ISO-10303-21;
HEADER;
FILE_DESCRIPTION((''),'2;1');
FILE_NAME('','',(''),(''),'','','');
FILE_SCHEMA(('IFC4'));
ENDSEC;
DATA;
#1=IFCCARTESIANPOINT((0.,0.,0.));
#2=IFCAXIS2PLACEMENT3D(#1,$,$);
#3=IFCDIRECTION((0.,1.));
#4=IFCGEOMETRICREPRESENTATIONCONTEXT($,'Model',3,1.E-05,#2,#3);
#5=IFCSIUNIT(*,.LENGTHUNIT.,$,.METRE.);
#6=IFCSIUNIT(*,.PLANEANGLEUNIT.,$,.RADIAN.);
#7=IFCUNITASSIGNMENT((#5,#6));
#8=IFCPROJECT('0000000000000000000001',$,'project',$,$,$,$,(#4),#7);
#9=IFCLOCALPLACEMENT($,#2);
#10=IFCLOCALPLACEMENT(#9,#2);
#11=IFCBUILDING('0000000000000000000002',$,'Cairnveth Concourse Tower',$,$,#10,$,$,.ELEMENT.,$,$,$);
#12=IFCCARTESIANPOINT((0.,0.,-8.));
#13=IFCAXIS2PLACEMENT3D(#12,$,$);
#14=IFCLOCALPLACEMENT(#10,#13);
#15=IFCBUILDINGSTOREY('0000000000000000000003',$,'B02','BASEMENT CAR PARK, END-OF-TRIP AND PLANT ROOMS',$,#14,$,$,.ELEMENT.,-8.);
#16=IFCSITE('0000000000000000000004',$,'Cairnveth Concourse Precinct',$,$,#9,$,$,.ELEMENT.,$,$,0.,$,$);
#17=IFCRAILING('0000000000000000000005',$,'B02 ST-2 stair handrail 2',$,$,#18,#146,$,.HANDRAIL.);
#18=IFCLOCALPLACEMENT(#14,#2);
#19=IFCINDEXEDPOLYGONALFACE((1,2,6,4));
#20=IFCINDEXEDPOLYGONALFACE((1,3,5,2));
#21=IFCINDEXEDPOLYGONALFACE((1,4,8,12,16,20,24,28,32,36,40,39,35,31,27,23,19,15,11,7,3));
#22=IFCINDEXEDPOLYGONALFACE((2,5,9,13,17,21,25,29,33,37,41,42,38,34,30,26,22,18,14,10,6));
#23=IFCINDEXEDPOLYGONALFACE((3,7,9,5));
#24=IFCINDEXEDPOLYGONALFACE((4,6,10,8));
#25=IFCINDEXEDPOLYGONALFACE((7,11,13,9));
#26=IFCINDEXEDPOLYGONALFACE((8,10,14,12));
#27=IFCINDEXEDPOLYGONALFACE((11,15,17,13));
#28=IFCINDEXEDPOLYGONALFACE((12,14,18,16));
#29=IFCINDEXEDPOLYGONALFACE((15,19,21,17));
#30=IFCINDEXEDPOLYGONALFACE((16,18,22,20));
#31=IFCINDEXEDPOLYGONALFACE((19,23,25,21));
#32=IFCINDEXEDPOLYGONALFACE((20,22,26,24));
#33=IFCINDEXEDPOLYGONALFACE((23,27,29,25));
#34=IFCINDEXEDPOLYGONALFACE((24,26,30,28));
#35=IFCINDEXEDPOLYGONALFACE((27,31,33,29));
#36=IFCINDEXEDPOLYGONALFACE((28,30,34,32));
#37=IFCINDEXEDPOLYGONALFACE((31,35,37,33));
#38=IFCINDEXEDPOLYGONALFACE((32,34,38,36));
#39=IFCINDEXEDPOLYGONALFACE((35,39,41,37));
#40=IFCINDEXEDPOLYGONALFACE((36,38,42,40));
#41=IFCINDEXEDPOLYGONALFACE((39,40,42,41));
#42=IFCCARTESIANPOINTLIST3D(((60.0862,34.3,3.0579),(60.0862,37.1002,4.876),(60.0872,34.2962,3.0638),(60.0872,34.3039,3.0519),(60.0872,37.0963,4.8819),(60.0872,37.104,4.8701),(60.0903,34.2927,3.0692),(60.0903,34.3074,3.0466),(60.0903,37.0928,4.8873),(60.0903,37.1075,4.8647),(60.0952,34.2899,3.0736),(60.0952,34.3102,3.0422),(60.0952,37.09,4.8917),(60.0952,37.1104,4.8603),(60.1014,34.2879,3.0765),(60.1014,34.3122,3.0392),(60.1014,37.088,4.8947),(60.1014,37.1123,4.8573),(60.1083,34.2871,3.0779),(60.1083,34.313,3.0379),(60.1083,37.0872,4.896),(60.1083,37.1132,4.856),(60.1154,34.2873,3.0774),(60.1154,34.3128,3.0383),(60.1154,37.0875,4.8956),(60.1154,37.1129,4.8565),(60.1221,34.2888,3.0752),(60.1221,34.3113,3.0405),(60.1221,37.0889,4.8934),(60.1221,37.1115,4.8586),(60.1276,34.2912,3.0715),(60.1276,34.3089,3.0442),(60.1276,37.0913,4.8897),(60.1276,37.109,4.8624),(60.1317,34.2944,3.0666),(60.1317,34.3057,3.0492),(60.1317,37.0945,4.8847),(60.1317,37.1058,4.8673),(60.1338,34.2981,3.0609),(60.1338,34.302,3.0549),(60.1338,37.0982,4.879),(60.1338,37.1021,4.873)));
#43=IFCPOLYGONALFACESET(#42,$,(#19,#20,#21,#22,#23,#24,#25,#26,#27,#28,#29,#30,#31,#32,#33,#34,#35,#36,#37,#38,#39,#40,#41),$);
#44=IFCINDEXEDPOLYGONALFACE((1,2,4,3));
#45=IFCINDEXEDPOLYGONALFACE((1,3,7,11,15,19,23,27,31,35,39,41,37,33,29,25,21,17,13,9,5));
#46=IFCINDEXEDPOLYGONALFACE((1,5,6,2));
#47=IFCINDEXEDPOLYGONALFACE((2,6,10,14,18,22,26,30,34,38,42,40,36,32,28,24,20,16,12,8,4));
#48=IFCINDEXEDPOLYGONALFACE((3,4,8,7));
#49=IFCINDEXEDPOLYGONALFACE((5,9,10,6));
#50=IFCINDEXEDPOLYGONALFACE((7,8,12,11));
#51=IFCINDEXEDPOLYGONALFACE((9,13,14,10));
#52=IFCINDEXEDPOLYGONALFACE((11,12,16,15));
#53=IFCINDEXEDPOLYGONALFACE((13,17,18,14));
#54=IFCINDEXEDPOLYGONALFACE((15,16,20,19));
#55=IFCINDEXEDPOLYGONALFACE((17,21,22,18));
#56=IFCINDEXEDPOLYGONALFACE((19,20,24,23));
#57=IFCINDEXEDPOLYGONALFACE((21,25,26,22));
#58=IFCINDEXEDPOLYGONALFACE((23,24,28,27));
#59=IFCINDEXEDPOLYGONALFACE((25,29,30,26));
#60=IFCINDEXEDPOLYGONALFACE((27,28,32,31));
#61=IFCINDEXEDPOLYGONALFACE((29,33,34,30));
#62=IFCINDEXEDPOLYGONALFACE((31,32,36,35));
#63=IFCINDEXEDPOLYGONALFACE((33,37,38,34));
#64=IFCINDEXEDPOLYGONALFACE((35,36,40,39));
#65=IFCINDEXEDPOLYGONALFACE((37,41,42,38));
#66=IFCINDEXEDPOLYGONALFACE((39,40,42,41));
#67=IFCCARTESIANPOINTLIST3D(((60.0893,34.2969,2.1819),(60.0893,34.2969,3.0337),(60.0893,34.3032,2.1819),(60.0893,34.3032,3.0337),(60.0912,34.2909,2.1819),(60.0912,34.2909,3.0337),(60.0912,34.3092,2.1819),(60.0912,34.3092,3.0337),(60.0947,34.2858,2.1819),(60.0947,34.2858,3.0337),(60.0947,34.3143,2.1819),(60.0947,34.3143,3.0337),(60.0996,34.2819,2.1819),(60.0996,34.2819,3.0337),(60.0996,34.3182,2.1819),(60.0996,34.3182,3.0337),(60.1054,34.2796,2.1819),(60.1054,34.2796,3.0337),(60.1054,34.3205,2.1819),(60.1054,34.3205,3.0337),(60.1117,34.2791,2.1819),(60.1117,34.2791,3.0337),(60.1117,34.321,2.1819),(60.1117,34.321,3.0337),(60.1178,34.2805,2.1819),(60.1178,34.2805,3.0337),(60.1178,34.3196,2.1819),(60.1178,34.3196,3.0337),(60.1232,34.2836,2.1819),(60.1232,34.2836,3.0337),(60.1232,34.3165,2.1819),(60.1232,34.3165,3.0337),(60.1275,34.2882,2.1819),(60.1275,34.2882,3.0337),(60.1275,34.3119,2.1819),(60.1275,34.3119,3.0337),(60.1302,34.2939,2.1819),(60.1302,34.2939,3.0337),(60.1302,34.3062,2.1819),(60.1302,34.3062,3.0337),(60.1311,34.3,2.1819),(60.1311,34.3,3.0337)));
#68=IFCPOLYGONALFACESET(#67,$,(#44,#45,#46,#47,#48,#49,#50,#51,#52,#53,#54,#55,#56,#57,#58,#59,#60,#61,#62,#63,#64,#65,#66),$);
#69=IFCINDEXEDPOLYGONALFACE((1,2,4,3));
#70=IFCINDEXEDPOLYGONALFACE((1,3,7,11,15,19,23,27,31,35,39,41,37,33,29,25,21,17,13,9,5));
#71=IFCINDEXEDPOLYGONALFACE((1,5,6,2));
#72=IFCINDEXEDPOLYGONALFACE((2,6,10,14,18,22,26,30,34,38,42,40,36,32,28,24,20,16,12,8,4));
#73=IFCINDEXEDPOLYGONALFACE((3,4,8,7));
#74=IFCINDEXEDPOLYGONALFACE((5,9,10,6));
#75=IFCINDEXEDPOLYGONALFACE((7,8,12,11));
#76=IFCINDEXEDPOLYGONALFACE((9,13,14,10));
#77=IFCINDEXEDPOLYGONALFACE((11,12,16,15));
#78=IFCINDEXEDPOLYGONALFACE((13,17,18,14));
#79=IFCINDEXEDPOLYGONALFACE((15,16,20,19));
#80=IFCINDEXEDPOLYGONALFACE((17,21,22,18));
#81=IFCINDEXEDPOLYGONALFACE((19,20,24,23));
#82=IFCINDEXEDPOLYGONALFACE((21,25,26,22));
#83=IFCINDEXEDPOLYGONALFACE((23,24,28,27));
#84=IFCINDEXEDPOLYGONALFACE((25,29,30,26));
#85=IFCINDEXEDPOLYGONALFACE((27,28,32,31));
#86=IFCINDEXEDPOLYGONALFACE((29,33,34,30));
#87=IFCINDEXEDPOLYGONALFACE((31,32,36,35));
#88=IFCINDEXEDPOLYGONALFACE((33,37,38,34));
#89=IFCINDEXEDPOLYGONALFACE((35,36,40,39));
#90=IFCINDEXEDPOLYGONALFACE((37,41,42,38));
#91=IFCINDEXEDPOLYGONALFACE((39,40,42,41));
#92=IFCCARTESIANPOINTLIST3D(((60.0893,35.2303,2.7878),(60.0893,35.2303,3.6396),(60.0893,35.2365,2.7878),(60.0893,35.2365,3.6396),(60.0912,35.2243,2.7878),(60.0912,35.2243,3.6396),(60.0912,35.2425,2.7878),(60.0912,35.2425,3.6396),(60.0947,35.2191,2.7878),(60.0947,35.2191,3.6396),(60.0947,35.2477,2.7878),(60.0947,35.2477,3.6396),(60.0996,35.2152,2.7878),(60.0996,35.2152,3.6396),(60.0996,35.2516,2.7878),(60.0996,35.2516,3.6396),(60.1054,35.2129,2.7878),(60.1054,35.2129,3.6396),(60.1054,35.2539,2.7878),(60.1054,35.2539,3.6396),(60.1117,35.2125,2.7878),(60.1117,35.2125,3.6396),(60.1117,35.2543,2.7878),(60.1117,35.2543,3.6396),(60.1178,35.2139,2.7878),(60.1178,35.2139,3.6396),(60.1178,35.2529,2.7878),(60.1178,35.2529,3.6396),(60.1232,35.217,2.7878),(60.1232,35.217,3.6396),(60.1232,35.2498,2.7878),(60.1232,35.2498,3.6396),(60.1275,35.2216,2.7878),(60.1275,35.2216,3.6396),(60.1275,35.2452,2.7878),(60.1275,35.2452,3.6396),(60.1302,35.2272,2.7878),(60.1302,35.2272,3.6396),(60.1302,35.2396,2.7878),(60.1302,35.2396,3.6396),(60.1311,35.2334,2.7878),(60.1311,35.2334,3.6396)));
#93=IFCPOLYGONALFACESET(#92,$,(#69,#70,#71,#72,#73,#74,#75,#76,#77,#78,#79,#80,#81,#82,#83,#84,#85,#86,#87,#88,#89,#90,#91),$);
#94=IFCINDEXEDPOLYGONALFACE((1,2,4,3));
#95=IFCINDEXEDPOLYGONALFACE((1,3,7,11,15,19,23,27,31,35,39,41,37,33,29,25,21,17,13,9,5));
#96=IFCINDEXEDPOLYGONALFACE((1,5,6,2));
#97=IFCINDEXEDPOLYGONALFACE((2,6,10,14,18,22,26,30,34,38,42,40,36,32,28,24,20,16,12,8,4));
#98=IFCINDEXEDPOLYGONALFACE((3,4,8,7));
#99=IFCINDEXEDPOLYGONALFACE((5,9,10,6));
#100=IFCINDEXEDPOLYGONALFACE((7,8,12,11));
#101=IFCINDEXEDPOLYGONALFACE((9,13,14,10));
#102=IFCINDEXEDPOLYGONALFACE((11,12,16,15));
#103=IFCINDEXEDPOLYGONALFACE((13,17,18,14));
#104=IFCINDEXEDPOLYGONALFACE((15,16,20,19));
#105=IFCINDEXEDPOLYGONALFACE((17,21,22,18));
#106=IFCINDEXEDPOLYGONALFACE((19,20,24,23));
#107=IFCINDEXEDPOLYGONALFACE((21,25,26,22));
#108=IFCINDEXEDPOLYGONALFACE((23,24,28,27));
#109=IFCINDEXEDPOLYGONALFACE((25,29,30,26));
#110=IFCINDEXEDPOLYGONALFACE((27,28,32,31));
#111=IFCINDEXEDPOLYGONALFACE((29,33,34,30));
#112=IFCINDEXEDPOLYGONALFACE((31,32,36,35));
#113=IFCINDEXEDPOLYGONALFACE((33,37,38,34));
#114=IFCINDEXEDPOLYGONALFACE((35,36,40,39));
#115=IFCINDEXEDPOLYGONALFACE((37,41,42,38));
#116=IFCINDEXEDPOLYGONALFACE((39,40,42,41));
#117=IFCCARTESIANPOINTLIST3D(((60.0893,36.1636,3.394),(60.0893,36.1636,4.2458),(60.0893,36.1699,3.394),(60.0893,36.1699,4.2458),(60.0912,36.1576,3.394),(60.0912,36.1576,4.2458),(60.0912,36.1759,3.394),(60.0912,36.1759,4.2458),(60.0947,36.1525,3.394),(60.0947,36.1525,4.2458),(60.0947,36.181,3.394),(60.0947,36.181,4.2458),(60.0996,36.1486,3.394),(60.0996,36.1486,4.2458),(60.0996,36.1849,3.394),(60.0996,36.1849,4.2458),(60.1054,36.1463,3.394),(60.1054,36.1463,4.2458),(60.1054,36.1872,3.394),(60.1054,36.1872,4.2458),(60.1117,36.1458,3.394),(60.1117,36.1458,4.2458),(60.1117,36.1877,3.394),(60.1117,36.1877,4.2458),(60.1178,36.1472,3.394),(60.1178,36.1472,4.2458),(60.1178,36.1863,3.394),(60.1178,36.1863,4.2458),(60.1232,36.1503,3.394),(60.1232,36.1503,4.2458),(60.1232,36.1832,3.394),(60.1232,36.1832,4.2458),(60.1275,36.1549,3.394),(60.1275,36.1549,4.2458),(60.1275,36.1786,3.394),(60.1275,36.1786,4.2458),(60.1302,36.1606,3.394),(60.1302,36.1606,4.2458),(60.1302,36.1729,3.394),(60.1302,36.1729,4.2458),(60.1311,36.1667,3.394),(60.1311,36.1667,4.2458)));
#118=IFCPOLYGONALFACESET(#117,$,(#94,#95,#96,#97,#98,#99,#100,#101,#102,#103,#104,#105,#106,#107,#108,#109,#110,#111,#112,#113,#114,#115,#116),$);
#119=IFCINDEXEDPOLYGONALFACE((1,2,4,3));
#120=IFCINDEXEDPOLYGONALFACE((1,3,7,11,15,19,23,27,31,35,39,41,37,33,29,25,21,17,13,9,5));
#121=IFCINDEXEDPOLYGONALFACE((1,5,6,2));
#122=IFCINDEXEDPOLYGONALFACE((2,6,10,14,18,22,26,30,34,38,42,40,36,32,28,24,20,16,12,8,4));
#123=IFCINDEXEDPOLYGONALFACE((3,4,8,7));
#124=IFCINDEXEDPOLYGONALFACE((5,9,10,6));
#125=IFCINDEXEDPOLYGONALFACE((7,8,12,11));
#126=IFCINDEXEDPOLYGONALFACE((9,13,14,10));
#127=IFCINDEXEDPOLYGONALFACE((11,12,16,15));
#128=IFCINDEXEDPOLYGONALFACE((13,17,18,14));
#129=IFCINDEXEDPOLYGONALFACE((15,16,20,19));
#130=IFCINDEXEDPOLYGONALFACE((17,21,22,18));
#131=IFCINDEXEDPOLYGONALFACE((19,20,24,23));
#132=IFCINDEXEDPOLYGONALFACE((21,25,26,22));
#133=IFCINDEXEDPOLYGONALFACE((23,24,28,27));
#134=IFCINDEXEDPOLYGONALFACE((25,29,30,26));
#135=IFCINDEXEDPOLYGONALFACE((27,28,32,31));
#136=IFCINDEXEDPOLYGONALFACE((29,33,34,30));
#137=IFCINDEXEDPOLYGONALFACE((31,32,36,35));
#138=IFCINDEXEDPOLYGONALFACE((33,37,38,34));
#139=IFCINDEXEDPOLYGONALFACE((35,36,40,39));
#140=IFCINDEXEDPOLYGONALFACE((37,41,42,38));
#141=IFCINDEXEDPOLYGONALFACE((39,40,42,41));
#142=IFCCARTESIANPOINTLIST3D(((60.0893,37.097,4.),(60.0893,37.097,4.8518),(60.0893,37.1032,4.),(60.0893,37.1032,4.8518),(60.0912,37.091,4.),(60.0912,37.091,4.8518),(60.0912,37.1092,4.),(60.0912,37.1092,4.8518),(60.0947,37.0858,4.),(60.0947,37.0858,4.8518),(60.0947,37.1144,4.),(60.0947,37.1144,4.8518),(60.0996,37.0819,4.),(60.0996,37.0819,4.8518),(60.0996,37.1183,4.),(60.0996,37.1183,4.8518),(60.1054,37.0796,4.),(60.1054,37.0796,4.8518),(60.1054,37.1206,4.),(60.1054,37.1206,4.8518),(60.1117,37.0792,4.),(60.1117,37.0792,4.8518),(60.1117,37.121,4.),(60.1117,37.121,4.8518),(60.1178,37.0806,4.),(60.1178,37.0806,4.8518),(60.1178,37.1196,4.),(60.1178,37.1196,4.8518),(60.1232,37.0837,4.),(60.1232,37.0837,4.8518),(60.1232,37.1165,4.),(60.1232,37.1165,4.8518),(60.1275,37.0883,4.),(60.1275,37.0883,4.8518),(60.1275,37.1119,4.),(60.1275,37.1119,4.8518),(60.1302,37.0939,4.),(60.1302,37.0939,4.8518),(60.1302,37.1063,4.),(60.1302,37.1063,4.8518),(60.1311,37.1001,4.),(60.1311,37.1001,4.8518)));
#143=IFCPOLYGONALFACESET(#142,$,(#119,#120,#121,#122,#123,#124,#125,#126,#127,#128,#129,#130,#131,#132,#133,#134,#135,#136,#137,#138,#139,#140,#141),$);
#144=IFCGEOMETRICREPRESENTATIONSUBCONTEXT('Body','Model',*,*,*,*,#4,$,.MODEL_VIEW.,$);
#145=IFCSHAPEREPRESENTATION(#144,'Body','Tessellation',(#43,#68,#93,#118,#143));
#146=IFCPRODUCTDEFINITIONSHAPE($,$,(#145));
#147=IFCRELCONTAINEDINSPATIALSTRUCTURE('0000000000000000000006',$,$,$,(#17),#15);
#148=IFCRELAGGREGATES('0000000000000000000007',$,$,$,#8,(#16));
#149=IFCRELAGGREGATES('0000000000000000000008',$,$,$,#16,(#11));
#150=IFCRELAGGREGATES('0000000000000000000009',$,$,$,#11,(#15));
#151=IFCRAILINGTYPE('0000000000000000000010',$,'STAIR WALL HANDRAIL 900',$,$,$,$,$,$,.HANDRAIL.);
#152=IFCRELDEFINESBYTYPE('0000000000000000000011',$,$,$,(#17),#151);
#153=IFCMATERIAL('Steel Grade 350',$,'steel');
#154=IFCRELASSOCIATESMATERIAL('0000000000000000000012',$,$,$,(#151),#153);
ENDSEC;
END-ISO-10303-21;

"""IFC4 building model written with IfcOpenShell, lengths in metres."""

from ifc_helpers import new_model, si_unit, direction, frame, origin, origin_2d, place, context, subcontext, project, spatial, circle, extrude, material, type_object, element, save


model = new_model("IFC4")

# Units and contexts
model_context = context("Model", 3, precision=1e-05, world=origin(), true_north=direction((0.0, 1.0)))
body_context = subcontext(model_context, "Body", "Model", "MODEL_VIEW")
ifc_project = project(units=[si_unit("LENGTHUNIT", "METRE"), si_unit("PLANEANGLEUNIT", "RADIAN")], contexts=[model_context])

# Site, building, storey
site_placement = place(None, origin())
site = spatial("IfcSite", under=ifc_project, at=site_placement, Name="Cairnveth Concourse Precinct", CompositionType="ELEMENT", RefElevation=0.0)
building_placement = place(site_placement, origin())
building = spatial("IfcBuilding", under=site, at=building_placement, Name="Cairnveth Concourse Tower", CompositionType="ELEMENT")
storey_placement = place(building_placement, frame((0.0, 0.0, -8.0)))
storey = spatial("IfcBuildingStorey", under=building, at=storey_placement, Name="B02", Description="BASEMENT CAR PARK, END-OF-TRIP AND PLANT ROOMS", CompositionType="ELEMENT", Elevation=-8.0)

# Shared definitions
ifc_material_1 = material(Name="Steel Grade 350", Category="steel")

# Railing
railing_type_1 = type_object("IfcRailingType", Name="STAIR WALL HANDRAIL 900", PredefinedType="HANDRAIL", material=ifc_material_1)
railing_1_placement = place(storey_placement, frame((60.1101, 34.3, 2.1819)))
element("IfcRailing", 1, at=railing_1_placement, inside=storey, type_object=railing_type_1, Name="B02 ST-2 stair handrail 2", PredefinedType="HANDRAIL", context=body_context, shape_type="SweptSolid", body=[
    extrude(circle(Radius=0.0239, at=origin_2d()), frame((0.0, 0.0, 0.876), z_axis=(0.0, 0.838706, 0.544585), x_axis=(-1.0, 0.0, 0.0)), (0.0, 0.0, 1.0), 3.3386),
    extrude(circle(Radius=0.021, at=origin_2d()), origin(), (0.0, 0.0, 1.0), 0.8518),
    extrude(circle(Radius=0.021, at=origin_2d()), frame((0.0, 0.9333, 0.606)), (0.0, 0.0, 1.0), 0.8518),
    extrude(circle(Radius=0.021, at=origin_2d()), frame((0.0, 1.8667, 1.2122)), (0.0, 0.0, 1.0), 0.8518),
    extrude(circle(Radius=0.021, at=origin_2d()), frame((0.0, 2.8, 1.8181)), (0.0, 0.0, 1.0), 0.8518),
])

save(model, "model.ifc")
